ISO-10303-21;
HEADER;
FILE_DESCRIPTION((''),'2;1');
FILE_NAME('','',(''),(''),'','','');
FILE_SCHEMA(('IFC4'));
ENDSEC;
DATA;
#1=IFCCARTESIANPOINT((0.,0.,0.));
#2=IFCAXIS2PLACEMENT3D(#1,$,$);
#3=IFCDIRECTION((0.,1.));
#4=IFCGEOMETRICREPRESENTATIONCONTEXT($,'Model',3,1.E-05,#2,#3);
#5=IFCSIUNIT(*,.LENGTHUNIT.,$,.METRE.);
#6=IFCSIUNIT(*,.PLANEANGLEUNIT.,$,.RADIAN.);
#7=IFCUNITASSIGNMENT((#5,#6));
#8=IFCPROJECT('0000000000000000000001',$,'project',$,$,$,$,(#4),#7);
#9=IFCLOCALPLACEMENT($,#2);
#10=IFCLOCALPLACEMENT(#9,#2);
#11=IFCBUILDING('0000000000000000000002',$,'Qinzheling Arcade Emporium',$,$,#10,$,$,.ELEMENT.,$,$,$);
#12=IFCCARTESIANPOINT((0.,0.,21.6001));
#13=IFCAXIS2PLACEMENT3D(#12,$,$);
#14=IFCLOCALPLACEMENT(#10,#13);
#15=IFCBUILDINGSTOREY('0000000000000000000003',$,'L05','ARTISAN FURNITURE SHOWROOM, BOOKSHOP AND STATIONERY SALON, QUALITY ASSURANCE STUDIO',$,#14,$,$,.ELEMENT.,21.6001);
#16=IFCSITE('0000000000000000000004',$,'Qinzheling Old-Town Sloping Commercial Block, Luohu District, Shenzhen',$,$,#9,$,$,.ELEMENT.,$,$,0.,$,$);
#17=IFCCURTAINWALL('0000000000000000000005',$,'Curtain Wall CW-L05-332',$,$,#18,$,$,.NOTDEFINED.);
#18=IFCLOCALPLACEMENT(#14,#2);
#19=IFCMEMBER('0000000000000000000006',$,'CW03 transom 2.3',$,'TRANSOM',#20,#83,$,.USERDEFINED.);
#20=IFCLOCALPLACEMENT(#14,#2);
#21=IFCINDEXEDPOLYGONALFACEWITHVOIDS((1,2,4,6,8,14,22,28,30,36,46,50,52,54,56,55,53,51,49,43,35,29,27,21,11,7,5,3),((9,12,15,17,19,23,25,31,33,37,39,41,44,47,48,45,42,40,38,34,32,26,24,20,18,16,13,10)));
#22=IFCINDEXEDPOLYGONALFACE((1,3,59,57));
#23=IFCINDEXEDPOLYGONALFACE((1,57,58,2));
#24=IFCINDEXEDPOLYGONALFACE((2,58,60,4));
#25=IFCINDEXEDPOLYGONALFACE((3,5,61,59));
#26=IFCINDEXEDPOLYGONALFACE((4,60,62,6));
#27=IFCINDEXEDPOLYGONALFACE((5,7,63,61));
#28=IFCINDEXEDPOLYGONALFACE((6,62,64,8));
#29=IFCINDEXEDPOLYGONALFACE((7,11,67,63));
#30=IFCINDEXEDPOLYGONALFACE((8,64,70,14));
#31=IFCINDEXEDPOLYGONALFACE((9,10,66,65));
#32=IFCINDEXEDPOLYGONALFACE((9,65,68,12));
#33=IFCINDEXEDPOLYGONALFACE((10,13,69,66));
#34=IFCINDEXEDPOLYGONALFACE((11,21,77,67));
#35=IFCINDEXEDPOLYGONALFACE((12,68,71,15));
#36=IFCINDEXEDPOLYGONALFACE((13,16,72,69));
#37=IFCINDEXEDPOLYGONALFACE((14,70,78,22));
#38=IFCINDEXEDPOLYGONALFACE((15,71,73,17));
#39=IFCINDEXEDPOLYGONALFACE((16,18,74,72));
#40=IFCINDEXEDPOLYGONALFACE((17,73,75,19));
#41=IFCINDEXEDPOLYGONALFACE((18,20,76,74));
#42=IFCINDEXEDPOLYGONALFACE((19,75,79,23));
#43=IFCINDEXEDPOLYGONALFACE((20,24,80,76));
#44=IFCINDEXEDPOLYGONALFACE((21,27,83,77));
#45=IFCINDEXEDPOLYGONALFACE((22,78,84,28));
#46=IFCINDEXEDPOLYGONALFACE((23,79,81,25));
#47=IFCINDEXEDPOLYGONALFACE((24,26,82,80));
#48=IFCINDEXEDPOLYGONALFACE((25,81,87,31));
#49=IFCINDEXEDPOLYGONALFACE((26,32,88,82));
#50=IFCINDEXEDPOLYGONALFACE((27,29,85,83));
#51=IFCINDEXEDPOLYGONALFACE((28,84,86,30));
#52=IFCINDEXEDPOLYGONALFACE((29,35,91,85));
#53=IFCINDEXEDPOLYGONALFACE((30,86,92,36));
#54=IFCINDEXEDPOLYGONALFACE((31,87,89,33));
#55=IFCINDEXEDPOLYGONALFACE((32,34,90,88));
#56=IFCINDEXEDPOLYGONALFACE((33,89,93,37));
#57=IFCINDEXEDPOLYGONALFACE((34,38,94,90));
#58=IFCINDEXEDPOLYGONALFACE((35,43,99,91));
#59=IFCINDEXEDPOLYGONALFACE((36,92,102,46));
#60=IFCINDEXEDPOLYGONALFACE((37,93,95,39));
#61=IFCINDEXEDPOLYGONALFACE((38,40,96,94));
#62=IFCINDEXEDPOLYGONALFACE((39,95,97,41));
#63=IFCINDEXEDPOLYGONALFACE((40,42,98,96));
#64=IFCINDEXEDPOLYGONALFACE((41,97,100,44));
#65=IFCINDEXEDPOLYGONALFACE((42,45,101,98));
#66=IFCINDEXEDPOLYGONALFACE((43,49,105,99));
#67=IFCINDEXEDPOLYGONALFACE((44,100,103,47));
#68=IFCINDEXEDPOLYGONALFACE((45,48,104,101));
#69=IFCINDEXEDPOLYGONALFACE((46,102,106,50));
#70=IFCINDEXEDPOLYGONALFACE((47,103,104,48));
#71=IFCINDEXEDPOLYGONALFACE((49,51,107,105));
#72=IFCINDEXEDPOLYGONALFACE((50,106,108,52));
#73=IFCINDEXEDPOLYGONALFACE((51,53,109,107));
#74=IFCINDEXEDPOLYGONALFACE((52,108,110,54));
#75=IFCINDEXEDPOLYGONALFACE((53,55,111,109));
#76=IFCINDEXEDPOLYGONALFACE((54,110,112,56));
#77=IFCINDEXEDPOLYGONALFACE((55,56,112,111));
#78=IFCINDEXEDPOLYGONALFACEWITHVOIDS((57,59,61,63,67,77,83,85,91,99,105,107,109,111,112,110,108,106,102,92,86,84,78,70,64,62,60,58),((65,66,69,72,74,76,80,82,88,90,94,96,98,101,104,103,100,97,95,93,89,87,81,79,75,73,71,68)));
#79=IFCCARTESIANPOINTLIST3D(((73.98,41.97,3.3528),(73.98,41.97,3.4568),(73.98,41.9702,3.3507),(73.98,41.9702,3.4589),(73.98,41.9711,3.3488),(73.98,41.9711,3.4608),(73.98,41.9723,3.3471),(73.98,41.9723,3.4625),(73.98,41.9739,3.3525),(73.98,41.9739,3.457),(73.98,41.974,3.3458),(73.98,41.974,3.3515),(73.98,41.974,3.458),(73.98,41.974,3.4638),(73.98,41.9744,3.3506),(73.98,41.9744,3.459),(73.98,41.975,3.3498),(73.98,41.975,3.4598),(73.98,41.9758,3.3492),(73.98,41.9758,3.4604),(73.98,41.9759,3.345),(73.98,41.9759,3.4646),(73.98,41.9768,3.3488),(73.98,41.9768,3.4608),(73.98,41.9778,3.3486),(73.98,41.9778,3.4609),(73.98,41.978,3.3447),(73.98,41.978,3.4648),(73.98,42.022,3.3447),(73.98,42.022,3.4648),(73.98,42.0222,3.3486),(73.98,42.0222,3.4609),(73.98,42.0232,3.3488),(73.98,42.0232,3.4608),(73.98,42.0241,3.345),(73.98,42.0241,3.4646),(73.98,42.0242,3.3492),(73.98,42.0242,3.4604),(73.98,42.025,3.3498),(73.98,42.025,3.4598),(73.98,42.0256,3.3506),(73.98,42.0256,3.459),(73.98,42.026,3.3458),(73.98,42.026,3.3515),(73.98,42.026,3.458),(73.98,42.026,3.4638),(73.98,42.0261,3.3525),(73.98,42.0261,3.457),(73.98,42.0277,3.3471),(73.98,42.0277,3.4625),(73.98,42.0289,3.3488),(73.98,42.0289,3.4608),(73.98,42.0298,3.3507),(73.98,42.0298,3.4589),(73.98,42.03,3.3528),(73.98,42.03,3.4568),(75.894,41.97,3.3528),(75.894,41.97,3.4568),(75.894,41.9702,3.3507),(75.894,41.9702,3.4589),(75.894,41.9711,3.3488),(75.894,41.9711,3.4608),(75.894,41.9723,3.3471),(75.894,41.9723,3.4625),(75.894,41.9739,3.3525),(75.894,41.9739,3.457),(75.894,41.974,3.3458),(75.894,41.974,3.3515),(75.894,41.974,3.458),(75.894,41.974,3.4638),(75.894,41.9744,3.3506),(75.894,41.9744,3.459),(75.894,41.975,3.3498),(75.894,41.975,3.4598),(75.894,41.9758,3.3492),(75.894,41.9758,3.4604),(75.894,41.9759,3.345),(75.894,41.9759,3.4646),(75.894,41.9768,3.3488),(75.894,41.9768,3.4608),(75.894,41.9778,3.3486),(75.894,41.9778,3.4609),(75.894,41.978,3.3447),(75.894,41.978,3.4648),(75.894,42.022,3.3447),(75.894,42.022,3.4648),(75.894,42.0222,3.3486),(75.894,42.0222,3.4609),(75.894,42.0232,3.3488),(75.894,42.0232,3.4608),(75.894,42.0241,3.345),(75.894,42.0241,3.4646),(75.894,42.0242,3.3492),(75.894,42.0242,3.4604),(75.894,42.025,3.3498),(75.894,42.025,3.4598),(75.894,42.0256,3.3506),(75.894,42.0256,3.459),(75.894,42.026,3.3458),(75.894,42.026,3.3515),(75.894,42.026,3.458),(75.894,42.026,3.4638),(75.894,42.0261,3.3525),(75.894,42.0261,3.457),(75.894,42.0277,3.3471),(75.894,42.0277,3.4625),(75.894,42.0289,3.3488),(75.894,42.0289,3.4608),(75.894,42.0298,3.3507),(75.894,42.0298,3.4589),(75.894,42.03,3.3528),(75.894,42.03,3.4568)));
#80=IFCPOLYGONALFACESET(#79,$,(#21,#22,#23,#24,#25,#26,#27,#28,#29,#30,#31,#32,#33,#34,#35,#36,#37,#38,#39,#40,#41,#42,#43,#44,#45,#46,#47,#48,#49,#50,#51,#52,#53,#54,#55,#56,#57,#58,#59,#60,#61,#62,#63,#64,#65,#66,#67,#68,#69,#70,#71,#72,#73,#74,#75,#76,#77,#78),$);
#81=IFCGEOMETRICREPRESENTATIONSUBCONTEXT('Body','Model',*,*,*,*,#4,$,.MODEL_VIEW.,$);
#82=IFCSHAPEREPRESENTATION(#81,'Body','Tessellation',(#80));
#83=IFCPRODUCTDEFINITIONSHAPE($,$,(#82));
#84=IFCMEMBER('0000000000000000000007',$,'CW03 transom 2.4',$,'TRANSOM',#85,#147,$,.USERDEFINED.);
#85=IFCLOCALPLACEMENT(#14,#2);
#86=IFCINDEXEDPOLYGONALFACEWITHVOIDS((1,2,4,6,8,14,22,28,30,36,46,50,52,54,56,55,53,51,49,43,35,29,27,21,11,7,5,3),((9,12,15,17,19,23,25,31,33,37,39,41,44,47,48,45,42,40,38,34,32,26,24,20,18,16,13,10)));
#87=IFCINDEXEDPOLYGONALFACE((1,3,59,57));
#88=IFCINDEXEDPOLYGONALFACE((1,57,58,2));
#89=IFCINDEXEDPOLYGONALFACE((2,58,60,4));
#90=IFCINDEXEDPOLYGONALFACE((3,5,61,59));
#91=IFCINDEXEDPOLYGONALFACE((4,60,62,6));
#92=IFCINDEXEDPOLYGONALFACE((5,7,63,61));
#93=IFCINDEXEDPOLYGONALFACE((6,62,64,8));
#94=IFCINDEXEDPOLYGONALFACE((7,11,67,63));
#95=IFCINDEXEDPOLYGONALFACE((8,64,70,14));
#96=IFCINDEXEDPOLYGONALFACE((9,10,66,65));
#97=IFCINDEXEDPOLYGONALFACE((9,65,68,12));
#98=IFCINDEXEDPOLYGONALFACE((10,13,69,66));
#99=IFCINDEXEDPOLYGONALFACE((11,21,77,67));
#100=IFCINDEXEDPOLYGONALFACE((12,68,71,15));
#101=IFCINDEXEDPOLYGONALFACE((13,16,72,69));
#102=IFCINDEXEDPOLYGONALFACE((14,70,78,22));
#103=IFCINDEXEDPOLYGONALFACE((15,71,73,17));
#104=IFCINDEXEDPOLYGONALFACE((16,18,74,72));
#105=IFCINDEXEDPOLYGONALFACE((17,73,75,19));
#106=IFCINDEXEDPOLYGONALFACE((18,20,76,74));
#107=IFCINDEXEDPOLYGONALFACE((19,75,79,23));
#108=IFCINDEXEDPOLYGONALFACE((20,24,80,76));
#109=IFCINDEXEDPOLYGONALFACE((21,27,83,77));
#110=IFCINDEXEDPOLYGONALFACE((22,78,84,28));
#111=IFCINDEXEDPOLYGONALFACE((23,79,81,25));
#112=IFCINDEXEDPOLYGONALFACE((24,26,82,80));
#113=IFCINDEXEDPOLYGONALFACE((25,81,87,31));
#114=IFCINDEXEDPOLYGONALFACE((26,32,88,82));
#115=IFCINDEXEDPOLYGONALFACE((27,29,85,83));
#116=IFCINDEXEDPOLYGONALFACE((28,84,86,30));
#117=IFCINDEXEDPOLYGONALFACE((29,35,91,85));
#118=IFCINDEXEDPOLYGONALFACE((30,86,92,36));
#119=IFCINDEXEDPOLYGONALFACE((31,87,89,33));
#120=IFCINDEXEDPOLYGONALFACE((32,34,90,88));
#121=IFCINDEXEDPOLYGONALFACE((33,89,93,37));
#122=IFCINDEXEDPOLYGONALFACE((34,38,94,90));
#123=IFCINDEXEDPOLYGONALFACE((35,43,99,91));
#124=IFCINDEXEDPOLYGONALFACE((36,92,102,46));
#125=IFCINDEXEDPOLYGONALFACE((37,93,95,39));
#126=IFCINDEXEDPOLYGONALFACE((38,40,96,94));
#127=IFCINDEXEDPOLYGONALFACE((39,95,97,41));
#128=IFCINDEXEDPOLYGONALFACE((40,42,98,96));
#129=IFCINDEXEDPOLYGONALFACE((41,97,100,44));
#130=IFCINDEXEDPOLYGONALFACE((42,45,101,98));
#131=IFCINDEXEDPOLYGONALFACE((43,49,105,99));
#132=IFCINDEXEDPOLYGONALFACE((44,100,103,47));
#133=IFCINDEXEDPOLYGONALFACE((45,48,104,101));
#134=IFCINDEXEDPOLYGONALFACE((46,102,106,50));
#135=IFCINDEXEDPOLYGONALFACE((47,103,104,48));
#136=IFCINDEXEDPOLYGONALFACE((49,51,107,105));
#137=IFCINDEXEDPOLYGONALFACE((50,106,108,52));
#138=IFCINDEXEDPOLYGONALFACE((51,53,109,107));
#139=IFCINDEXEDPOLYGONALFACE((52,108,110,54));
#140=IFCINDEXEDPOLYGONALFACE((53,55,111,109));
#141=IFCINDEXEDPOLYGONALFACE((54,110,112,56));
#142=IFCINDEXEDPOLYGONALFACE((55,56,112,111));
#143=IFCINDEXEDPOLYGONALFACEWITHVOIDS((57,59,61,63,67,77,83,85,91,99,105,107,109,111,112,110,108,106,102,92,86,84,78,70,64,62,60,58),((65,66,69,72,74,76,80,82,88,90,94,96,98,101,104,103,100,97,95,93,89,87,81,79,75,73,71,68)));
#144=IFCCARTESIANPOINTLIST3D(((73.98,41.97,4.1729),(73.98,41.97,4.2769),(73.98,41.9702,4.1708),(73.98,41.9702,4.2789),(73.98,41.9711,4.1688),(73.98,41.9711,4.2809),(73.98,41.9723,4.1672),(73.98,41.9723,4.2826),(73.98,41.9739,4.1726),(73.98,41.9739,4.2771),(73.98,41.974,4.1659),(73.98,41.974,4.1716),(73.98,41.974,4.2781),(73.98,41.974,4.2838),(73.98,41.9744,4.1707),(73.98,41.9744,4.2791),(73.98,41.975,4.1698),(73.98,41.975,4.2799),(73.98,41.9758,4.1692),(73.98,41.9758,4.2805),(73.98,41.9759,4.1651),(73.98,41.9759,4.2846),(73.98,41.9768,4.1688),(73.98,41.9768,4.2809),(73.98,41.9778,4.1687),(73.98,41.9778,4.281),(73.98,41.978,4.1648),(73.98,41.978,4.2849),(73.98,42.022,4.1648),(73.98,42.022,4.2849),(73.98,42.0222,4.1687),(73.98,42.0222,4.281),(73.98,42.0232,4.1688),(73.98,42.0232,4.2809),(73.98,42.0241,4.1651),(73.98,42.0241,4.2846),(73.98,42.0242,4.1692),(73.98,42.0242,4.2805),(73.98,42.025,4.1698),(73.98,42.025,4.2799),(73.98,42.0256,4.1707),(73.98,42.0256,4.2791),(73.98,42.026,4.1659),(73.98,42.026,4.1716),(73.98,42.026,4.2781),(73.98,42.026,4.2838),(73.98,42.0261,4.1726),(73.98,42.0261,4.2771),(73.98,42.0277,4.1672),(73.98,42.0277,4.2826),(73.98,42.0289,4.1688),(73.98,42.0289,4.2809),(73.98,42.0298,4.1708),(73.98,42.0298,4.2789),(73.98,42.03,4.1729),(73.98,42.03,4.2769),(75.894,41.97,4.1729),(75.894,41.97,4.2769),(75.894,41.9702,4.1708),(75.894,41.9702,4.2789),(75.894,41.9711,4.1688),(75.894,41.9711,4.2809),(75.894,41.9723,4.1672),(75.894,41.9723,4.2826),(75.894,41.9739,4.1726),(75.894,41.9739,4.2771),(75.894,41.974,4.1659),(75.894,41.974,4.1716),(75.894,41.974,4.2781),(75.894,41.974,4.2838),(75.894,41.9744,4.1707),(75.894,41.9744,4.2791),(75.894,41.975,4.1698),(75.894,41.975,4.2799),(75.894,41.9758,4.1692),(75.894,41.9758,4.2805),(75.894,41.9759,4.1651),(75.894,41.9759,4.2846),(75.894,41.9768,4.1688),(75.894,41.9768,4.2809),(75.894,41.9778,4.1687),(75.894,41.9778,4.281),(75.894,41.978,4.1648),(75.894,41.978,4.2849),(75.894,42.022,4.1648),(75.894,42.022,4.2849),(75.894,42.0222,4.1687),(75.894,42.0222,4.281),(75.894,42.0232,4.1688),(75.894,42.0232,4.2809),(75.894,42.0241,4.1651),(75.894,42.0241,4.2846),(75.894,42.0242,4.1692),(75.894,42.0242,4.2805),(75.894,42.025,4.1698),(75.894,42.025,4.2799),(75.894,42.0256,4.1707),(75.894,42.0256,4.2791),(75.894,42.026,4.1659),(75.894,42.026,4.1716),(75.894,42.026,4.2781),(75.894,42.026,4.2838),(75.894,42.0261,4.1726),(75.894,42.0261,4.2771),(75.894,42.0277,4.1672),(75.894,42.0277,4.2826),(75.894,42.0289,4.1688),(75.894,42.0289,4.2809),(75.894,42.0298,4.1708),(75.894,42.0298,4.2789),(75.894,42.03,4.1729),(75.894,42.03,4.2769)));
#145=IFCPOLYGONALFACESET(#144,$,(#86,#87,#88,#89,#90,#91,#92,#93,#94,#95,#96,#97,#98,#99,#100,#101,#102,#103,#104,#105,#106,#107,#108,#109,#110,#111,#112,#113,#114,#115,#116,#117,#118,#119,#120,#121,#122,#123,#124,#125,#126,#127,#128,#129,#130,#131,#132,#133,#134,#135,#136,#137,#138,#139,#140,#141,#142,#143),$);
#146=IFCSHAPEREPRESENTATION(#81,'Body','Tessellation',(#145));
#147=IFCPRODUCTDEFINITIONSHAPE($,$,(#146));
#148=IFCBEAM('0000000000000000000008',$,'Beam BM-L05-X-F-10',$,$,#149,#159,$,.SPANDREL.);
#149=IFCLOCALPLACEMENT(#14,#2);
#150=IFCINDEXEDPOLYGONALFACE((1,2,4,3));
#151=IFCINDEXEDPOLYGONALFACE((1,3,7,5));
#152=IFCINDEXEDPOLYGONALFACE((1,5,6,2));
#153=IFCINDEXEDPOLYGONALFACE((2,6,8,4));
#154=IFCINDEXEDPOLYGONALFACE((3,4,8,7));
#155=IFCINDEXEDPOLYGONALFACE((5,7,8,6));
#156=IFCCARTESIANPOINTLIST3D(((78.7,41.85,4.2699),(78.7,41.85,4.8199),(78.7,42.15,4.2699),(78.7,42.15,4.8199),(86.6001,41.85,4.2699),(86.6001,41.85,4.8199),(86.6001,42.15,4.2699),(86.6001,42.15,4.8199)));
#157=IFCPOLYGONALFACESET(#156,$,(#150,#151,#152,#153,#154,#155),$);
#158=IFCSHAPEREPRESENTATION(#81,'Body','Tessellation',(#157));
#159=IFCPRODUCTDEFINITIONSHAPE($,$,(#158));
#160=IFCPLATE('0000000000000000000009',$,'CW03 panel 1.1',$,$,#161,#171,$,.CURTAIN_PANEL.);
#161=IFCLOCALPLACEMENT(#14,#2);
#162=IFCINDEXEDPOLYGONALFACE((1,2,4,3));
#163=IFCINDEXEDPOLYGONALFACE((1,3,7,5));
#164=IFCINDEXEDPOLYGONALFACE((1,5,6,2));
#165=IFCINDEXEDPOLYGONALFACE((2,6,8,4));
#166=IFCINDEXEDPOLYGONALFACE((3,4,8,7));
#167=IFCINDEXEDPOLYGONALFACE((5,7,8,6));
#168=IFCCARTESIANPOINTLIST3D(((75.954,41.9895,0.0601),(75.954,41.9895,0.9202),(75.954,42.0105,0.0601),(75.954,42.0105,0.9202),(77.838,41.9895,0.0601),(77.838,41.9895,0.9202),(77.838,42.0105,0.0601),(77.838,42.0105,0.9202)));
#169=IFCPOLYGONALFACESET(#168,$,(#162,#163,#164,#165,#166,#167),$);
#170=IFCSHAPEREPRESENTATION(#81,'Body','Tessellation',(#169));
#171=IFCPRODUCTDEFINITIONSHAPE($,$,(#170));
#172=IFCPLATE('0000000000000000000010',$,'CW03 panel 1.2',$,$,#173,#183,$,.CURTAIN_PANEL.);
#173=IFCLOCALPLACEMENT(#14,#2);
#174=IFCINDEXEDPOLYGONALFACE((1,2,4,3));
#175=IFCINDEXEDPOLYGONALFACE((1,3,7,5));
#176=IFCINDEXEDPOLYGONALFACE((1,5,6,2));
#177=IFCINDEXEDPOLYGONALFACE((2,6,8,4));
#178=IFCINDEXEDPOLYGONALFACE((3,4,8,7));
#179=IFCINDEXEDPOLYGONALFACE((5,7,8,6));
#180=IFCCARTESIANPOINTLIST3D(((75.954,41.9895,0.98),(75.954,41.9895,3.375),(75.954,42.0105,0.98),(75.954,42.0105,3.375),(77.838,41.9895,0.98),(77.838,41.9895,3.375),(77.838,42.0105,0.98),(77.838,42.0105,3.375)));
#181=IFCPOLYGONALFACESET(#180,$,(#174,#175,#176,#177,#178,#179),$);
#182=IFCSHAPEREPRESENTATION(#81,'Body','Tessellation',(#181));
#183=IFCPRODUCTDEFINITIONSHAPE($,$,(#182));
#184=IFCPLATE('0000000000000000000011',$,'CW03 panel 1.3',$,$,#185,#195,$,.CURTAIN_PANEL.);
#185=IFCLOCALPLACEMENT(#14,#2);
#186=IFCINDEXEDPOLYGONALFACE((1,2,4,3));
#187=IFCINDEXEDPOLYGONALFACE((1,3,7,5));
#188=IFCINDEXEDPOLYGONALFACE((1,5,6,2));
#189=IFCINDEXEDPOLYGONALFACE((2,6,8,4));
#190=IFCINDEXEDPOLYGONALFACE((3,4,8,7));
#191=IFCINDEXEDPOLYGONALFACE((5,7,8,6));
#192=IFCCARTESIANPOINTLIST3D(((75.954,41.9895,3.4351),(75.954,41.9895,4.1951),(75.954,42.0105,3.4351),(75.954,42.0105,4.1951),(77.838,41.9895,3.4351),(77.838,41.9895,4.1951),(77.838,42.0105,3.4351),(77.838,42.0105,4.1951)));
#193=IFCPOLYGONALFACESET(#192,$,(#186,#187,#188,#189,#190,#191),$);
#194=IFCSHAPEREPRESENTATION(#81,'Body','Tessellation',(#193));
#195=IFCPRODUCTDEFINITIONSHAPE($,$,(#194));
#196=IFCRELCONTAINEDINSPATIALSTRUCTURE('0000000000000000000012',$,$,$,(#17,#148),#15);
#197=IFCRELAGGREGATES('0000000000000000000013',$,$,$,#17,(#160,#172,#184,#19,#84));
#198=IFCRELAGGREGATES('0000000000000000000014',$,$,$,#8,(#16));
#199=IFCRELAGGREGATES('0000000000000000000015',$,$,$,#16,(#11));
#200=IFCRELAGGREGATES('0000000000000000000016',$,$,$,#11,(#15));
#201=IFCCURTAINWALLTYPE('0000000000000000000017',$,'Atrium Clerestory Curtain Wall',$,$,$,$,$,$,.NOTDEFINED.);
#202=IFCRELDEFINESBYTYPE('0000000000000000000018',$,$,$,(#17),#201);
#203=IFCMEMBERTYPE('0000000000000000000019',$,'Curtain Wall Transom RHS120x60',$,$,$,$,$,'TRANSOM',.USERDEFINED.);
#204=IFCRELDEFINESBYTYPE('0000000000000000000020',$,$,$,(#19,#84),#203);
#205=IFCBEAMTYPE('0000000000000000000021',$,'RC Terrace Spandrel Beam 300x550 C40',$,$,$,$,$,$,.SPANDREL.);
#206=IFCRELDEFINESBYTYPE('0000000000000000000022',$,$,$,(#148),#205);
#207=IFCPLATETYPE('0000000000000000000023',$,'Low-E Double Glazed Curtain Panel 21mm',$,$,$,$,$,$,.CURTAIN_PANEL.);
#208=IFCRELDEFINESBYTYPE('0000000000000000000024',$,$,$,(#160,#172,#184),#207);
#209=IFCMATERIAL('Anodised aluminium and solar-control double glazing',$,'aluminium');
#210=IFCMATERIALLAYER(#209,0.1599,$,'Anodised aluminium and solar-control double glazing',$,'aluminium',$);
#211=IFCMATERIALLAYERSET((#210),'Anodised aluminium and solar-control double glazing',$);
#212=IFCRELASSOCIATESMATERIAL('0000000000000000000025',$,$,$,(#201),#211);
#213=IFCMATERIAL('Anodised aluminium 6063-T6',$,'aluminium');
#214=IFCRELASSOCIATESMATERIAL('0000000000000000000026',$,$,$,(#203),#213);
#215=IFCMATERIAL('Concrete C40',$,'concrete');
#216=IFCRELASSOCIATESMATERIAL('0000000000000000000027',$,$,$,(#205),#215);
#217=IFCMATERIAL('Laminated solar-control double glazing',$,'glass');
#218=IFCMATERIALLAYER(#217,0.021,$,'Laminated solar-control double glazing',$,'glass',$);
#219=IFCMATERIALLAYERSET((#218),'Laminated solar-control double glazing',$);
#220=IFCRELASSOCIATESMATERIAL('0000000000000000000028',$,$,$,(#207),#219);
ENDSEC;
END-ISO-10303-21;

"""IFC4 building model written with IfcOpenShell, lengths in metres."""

from ifc_helpers import new_model, si_unit, direction, frame, origin, origin_2d, place, context, subcontext, project, spatial, rectangle, hollow_rectangle, extrude, material, layer, layer_set, material_profile, profile_set, type_object, element, aggregate, save


model = new_model("IFC4")

# Units and contexts
model_context = context("Model", 3, precision=1e-05, world=origin(), true_north=direction((0.0, 1.0)))
body_context = subcontext(model_context, "Body", "Model", "MODEL_VIEW")
ifc_project = project(units=[si_unit("LENGTHUNIT", "METRE"), si_unit("PLANEANGLEUNIT", "RADIAN")], contexts=[model_context])

# Site, building, storey
site_placement = place(None, origin())
site = spatial("IfcSite", under=ifc_project, at=site_placement, Name="Qinzheling Old-Town Sloping Commercial Block, Luohu District, Shenzhen", CompositionType="ELEMENT", RefElevation=0.0)
building_placement = place(site_placement, origin())
building = spatial("IfcBuilding", under=site, at=building_placement, Name="Qinzheling Arcade Emporium", CompositionType="ELEMENT")
storey_placement = place(building_placement, frame((0.0, 0.0, 21.6001)))
storey = spatial("IfcBuildingStorey", under=building, at=storey_placement, Name="L05", Description="ARTISAN FURNITURE SHOWROOM, BOOKSHOP AND STATIONERY SALON, QUALITY ASSURANCE STUDIO", CompositionType="ELEMENT", Elevation=21.6001)

# Shared definitions
ifc_material_1 = material(Name="Concrete C40", Category="concrete")

# Curtain wall
ifc_material_2 = material(Name="Anodised aluminium and solar-control double glazing", Category="aluminium")
ifc_layer_1 = layer(ifc_material_2, 0.1599, Name="Anodised aluminium and solar-control double glazing", Category="aluminium")
ifc_layer_set_1 = layer_set([ifc_layer_1], Name="Anodised aluminium and solar-control double glazing")
curtain_wall_type = type_object("IfcCurtainWallType", Name="Atrium Clerestory Curtain Wall", PredefinedType="NOTDEFINED", material=ifc_layer_set_1)
ifc_material_3 = material(Name="Anodised aluminium 6063-T6", Category="aluminium")
curtain_wall_1_placement = place(storey_placement, origin())
curtain_wall_1 = element("IfcCurtainWall", 1, at=curtain_wall_1_placement, inside=storey, type_object=curtain_wall_type, Name="Curtain Wall CW-L05-332", PredefinedType="NOTDEFINED")

# Members
ifc_material_profile_1 = material_profile(ifc_material_3, hollow_rectangle(XDim=0.0601, YDim=0.1201, WallThickness=0.0039, InnerFilletRadius=0.0039, OuterFilletRadius=0.0081, at=origin_2d()), Name="RHS 120x60x4", Category="aluminium")
ifc_profile_set_1 = profile_set([ifc_material_profile_1], Name="Anodised aluminium 6063-T6")
member_type_1 = type_object("IfcMemberType", Name="Curtain Wall Transom RHS120x60", ElementType="TRANSOM", PredefinedType="USERDEFINED", material=ifc_profile_set_1)
member_1_placement = place(storey_placement, frame((75.894, 42.0, 3.4048), z_axis=(-1.0, 0.0, 0.0), x_axis=(0.0, -1.0, 0.0)))
member_1 = element("IfcMember", 2, at=member_1_placement, type_object=member_type_1, Name="CW03 transom 2.3", ObjectType="TRANSOM", PredefinedType="USERDEFINED", context=body_context, shape_type="SweptSolid", body=[
    extrude(hollow_rectangle(XDim=0.0601, YDim=0.1201, WallThickness=0.0039, InnerFilletRadius=0.0039, OuterFilletRadius=0.0081, at=origin_2d()), origin(), (0.0, 0.0, 1.0), 1.9141),
])
member_2_placement = place(storey_placement, frame((75.894, 42.0, 4.2249), z_axis=(-1.0, 0.0, 0.0), x_axis=(0.0, -1.0, 0.0)))
member_2 = element("IfcMember", 3, at=member_2_placement, type_object=member_type_1, Name="CW03 transom 2.4", ObjectType="TRANSOM", PredefinedType="USERDEFINED", context=body_context, shape_type="SweptSolid", body=[
    extrude(hollow_rectangle(XDim=0.0601, YDim=0.1201, WallThickness=0.0039, InnerFilletRadius=0.0039, OuterFilletRadius=0.0081, at=origin_2d()), origin(), (0.0, 0.0, 1.0), 1.9141),
])

# Beam
ifc_material_profile_2 = material_profile(ifc_material_1, rectangle(XDim=0.3, YDim=0.55, at=origin_2d()), Name="RC 300x550", Category="concrete")
ifc_profile_set_2 = profile_set([ifc_material_profile_2], Name="Concrete C40")
beam_type = type_object("IfcBeamType", Name="RC Terrace Spandrel Beam 300x550 C40", PredefinedType="SPANDREL", material=ifc_profile_set_2)
beam_placement = place(storey_placement, frame((78.7, 42.0, 4.5449), z_axis=(1.0, 0.0, 0.0), x_axis=(0.0, 1.0, 0.0)))
element("IfcBeam", 4, at=beam_placement, inside=storey, type_object=beam_type, Name="Beam BM-L05-X-F-10", PredefinedType="SPANDREL", context=body_context, shape_type="SweptSolid", body=[
    extrude(rectangle(XDim=0.3, YDim=0.55, at=origin_2d()), origin(), (0.0, 0.0, 1.0), 7.9001),
])

# Plates
ifc_material_4 = material(Name="Laminated solar-control double glazing", Category="glass")
ifc_layer_2 = layer(ifc_material_4, 0.021, Name="Laminated solar-control double glazing", Category="glass")
ifc_layer_set_2 = layer_set([ifc_layer_2], Name="Laminated solar-control double glazing")
plate_type_1 = type_object("IfcPlateType", Name="Low-E Double Glazed Curtain Panel 21mm", PredefinedType="CURTAIN_PANEL", material=ifc_layer_set_2)
plate_1_placement = place(storey_placement, frame((76.896, 42.0, 0.0601), z_axis=(0.0, 0.0, 1.0), x_axis=(-1.0, 0.0, 0.0)))
plate_1 = element("IfcPlate", 5, at=plate_1_placement, type_object=plate_type_1, Name="CW03 panel 1.1", PredefinedType="CURTAIN_PANEL", context=body_context, shape_type="SweptSolid", body=[
    extrude(rectangle(XDim=1.884, YDim=0.021, at=origin_2d()), origin(), (0.0, 0.0, 1.0), 0.8601),
])
plate_2_placement = place(storey_placement, frame((76.896, 42.0, 0.98), z_axis=(0.0, 0.0, 1.0), x_axis=(-1.0, 0.0, 0.0)))
plate_2 = element("IfcPlate", 6, at=plate_2_placement, type_object=plate_type_1, Name="CW03 panel 1.2", PredefinedType="CURTAIN_PANEL", context=body_context, shape_type="SweptSolid", body=[
    extrude(rectangle(XDim=1.884, YDim=0.021, at=origin_2d()), origin(), (0.0, 0.0, 1.0), 2.395),
])
plate_3_placement = place(storey_placement, frame((76.896, 42.0, 3.4351), z_axis=(0.0, 0.0, 1.0), x_axis=(-1.0, 0.0, 0.0)))
plate_3 = element("IfcPlate", 7, at=plate_3_placement, type_object=plate_type_1, Name="CW03 panel 1.3", PredefinedType="CURTAIN_PANEL", context=body_context, shape_type="SweptSolid", body=[
    extrude(rectangle(XDim=1.884, YDim=0.021, at=origin_2d()), origin(), (0.0, 0.0, 1.0), 0.76),
])
aggregate(curtain_wall_1, [plate_1, plate_2, plate_3, member_1, member_2])

save(model, "model.ifc")
